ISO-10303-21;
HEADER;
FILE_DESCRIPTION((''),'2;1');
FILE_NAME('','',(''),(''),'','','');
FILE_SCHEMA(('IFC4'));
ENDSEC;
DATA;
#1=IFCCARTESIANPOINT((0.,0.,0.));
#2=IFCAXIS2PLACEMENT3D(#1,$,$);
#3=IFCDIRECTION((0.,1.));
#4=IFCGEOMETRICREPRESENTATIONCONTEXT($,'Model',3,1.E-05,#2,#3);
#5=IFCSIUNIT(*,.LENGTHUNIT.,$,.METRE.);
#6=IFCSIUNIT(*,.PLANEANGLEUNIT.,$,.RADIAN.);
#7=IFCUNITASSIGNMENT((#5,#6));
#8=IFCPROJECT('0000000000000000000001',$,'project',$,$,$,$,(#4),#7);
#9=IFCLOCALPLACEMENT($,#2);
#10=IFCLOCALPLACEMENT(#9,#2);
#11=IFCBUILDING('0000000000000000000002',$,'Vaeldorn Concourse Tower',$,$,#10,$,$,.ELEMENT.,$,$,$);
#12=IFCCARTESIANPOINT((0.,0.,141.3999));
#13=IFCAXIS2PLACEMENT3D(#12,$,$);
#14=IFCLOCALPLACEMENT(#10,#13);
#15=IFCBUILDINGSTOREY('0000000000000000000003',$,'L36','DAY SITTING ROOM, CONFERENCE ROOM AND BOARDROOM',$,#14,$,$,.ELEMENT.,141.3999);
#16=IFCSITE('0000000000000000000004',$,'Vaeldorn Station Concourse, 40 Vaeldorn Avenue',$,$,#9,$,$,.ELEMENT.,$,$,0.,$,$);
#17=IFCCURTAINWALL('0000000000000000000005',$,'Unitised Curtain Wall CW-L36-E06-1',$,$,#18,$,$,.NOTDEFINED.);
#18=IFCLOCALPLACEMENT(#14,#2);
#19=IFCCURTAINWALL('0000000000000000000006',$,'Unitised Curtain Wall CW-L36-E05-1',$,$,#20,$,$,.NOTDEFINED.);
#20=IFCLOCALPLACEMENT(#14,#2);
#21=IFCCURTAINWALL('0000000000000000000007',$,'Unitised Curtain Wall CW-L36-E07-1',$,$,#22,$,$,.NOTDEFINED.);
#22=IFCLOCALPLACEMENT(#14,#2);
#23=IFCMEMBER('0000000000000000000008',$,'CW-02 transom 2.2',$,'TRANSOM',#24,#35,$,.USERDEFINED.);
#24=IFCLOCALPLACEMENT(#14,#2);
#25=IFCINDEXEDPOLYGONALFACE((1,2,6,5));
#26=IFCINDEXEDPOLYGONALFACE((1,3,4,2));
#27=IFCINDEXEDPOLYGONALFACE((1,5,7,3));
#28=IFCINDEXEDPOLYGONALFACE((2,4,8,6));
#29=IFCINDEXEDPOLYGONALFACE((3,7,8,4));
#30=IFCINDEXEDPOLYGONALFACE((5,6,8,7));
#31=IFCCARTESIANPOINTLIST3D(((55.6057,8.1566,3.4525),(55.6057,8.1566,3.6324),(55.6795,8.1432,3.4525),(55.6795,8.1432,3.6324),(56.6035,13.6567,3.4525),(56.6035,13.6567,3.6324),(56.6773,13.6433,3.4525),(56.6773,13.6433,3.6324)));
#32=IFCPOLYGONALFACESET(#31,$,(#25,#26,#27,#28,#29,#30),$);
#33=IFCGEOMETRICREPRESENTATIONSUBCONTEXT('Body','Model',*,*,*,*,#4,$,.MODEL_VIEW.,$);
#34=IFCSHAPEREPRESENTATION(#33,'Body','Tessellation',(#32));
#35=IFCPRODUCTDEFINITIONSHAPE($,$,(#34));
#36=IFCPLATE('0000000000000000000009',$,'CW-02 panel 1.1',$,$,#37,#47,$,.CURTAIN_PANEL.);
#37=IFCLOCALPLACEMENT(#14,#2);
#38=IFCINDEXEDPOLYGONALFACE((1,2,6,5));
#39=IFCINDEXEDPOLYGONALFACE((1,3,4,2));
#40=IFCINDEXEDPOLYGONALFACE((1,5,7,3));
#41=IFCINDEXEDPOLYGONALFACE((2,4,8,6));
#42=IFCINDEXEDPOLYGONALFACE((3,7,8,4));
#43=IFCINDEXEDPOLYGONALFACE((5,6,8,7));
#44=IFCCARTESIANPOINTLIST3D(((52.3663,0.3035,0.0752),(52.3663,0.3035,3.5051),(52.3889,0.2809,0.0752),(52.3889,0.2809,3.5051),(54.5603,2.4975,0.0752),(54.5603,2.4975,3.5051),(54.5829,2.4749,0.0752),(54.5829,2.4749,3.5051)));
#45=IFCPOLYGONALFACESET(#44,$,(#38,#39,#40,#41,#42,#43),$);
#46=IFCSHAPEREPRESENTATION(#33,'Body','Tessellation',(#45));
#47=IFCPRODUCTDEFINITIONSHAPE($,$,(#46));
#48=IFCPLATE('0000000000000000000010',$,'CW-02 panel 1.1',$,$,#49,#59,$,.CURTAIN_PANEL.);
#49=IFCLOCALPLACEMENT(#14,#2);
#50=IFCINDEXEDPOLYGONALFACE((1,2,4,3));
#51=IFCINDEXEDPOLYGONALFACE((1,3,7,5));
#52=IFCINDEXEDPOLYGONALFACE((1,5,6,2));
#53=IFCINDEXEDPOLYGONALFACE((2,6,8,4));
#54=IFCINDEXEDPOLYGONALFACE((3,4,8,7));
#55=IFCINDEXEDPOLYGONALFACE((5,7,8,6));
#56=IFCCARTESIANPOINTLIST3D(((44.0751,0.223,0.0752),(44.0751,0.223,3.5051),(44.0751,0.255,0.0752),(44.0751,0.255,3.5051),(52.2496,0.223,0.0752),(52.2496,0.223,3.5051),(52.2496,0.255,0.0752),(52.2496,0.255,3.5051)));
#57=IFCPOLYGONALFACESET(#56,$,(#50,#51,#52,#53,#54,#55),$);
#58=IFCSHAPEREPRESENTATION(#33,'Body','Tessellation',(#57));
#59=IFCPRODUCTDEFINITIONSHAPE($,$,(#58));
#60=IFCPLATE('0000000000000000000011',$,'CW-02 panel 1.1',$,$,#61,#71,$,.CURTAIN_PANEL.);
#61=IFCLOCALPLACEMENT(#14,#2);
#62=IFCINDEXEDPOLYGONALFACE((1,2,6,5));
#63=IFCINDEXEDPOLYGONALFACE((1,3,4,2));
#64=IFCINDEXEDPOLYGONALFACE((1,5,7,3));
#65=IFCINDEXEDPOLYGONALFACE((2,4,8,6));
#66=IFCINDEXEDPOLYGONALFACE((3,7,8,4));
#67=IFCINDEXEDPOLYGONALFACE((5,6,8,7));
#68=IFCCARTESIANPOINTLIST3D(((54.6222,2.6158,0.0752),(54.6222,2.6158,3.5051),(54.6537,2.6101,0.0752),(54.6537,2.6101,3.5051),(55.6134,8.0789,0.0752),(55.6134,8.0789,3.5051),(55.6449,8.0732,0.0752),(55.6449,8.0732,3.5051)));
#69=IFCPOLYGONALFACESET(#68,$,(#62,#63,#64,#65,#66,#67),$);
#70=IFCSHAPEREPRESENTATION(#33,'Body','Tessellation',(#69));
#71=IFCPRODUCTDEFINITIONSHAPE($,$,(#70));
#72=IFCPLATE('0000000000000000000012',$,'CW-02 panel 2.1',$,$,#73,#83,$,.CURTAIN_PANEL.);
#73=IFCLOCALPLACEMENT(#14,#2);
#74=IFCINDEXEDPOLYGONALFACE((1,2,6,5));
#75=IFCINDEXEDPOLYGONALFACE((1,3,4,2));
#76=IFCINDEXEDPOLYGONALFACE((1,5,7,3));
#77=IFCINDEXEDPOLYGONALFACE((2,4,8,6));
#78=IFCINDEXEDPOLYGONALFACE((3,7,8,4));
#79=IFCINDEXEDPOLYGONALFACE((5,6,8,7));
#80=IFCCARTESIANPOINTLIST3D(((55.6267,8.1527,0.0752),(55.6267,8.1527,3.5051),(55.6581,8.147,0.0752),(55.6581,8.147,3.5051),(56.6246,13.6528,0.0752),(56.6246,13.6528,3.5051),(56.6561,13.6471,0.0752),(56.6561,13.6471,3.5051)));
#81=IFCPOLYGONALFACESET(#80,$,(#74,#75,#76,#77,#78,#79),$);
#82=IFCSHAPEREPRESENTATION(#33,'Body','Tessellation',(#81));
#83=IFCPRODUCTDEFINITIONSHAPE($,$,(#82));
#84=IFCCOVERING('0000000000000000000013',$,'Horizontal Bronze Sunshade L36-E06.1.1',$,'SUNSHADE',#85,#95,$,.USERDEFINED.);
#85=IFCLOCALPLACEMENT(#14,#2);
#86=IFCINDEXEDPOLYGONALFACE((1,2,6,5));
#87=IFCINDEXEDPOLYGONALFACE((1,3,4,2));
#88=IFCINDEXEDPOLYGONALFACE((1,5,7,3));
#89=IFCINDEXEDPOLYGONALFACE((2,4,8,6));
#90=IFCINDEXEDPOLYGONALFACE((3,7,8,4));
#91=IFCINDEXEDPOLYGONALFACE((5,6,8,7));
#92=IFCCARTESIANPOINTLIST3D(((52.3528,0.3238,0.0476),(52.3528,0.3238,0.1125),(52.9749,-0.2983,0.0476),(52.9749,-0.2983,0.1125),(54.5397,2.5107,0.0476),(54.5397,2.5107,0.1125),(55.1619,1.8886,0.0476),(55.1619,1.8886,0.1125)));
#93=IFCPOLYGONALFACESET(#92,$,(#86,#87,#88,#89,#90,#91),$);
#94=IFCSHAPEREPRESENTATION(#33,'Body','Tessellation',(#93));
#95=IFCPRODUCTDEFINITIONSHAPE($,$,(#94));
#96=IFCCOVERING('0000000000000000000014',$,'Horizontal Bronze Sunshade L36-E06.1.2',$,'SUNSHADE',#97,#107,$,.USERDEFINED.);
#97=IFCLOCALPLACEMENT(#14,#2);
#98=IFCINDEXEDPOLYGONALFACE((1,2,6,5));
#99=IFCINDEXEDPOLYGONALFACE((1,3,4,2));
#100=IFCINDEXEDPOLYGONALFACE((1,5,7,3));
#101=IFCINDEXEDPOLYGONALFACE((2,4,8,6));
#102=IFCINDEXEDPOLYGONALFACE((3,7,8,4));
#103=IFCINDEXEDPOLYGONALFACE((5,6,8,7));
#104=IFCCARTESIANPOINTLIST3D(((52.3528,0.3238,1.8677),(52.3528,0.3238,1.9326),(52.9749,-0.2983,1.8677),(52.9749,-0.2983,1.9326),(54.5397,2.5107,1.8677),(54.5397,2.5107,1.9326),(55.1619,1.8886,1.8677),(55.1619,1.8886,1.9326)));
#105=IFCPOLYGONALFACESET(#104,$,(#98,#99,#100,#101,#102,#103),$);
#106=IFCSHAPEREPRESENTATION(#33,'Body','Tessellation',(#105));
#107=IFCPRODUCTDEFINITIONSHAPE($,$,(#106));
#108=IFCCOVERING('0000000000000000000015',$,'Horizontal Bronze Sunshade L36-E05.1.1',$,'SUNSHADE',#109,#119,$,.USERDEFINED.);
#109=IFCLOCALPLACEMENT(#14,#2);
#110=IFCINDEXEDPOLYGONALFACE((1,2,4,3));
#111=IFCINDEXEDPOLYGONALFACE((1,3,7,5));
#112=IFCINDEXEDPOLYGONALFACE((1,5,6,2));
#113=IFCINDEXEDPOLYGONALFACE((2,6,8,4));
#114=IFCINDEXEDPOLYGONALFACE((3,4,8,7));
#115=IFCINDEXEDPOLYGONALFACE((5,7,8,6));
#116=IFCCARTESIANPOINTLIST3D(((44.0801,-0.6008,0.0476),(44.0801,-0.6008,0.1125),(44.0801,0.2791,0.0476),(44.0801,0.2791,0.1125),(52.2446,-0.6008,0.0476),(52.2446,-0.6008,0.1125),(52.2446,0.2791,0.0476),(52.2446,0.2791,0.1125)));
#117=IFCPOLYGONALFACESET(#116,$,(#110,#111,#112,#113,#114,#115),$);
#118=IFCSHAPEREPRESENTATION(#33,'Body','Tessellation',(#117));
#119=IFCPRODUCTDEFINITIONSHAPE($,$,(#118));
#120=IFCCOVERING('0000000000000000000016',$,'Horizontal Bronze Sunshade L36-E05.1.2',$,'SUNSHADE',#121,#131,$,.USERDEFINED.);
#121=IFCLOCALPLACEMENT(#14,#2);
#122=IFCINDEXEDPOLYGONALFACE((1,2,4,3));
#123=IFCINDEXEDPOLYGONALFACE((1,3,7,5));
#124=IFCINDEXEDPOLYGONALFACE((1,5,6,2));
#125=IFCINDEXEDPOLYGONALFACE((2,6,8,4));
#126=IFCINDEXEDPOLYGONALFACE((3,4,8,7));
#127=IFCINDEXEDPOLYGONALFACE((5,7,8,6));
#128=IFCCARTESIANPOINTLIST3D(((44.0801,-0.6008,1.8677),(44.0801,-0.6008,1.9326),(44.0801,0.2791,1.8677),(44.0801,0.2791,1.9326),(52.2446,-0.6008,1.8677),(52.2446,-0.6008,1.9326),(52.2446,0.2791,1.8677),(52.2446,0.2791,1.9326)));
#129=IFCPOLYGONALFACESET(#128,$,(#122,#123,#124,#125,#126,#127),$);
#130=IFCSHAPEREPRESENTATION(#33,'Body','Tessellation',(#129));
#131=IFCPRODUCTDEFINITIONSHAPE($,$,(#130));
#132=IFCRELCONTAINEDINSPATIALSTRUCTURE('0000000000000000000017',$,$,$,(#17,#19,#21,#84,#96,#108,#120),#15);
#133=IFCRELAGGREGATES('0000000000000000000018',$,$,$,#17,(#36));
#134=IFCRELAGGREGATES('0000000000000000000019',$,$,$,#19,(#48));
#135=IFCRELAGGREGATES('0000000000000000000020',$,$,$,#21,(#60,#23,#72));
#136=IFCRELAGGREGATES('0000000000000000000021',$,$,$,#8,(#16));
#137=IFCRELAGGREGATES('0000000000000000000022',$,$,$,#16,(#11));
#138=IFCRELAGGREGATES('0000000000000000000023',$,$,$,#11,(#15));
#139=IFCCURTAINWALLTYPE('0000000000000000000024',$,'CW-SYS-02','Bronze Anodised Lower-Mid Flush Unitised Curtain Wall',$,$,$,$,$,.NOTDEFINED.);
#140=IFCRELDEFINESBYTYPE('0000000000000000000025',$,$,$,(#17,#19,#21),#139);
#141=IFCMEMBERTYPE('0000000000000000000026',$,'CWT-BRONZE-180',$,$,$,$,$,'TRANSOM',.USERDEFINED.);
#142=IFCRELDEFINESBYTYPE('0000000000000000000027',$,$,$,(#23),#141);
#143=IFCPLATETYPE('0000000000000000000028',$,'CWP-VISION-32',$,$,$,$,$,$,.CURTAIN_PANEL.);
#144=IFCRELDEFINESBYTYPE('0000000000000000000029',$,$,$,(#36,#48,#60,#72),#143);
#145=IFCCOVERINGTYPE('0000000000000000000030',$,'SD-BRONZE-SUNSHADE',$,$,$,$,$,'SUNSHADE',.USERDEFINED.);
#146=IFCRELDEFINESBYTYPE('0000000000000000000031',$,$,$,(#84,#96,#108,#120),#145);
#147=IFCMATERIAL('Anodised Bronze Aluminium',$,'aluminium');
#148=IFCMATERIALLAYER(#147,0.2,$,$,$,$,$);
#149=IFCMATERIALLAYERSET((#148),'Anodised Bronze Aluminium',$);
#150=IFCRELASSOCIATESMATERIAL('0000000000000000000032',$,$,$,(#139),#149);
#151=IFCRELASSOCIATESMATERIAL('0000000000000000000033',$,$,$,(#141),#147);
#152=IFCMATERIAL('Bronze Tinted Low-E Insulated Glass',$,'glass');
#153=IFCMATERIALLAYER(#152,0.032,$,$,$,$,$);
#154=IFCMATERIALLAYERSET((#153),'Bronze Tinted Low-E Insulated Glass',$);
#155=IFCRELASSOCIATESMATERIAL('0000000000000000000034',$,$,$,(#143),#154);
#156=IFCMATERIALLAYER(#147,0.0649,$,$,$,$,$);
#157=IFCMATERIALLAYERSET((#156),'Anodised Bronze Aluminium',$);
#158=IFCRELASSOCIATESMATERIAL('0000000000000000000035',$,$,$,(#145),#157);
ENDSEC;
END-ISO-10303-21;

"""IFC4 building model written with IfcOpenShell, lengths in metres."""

from ifc_helpers import new_model, si_unit, direction, frame, origin, origin_2d, place, context, subcontext, project, spatial, rectangle, extrude, source, transform, mapped, material, layer, layer_set, material_profile, profile_set, type_object, element, aggregate, save


model = new_model("IFC4")

# Units and contexts
model_context = context("Model", 3, precision=1e-05, world=origin(), true_north=direction((0.0, 1.0)))
body_context = subcontext(model_context, "Body", "Model", "MODEL_VIEW")
ifc_project = project(units=[si_unit("LENGTHUNIT", "METRE"), si_unit("PLANEANGLEUNIT", "RADIAN")], contexts=[model_context])

# Site, building, storey
site_placement = place(None, origin())
site = spatial("IfcSite", under=ifc_project, at=site_placement, Name="Vaeldorn Station Concourse, 40 Vaeldorn Avenue", CompositionType="ELEMENT", RefElevation=0.0)
building_placement = place(site_placement, origin())
building = spatial("IfcBuilding", under=site, at=building_placement, Name="Vaeldorn Concourse Tower", CompositionType="ELEMENT")
storey_placement = place(building_placement, frame((0.0, 0.0, 141.3999)))
storey = spatial("IfcBuildingStorey", under=building, at=storey_placement, Name="L36", Description="DAY SITTING ROOM, CONFERENCE ROOM AND BOARDROOM", CompositionType="ELEMENT", Elevation=141.3999)

# Curtain wall
ifc_material_1 = material(Name="Anodised Bronze Aluminium", Category="aluminium")
ifc_layer_1 = layer(ifc_material_1, 0.2)
ifc_layer_set_1 = layer_set([ifc_layer_1], Name="Anodised Bronze Aluminium")
curtain_wall_type = type_object("IfcCurtainWallType", Name="CW-SYS-02", Description="Bronze Anodised Lower-Mid Flush Unitised Curtain Wall", PredefinedType="NOTDEFINED", material=ifc_layer_set_1)
curtain_wall_1_placement = place(storey_placement, origin())
curtain_wall_1 = element("IfcCurtainWall", 1, at=curtain_wall_1_placement, inside=storey, type_object=curtain_wall_type, Name="Unitised Curtain Wall CW-L36-E06-1", PredefinedType="NOTDEFINED")
ifc_material_profile_1 = material_profile(ifc_material_1, rectangle(XDim=0.075, YDim=0.1799, at=origin_2d()), Name="CWT 75x180")
ifc_profile_set_1 = profile_set([ifc_material_profile_1], Name="Anodised Bronze Aluminium")
member_type_1 = type_object("IfcMemberType", Name="CWT-BRONZE-180", ElementType="TRANSOM", PredefinedType="USERDEFINED", material=ifc_profile_set_1)

# Curtain wall
curtain_wall_2_placement = place(storey_placement, origin())
curtain_wall_2 = element("IfcCurtainWall", 2, at=curtain_wall_2_placement, inside=storey, type_object=curtain_wall_type, Name="Unitised Curtain Wall CW-L36-E05-1", PredefinedType="NOTDEFINED")

# Curtain wall, member
curtain_wall_3_placement = place(storey_placement, origin())
curtain_wall_3 = element("IfcCurtainWall", 3, at=curtain_wall_3_placement, inside=storey, type_object=curtain_wall_type, Name="Unitised Curtain Wall CW-L36-E07-1", PredefinedType="NOTDEFINED")
shared_shape_1 = source(origin(), body_context, "Body", "SweptSolid", [
    extrude(rectangle(XDim=0.075, YDim=0.1799, at=origin_2d()), origin(), (0.0, 0.0, 1.0), 5.5898),
])
member_1_placement = place(storey_placement, frame((55.6426, 8.1499, 3.5425), z_axis=(0.178505, 0.983939, 0.0), x_axis=(-0.983939, 0.178505, 0.0)))
member_1 = element("IfcMember", 4, at=member_1_placement, type_object=member_type_1, Name="CW-02 transom 2.2", ObjectType="TRANSOM", PredefinedType="USERDEFINED", context=body_context, shape_type="MappedRepresentation", body=[
    mapped(shared_shape_1, transform((0.0, 0.0, 0.0), scale=1.0)),
])

# Plates
ifc_material_2 = material(Name="Bronze Tinted Low-E Insulated Glass", Category="glass")
ifc_layer_2 = layer(ifc_material_2, 0.032)
ifc_layer_set_2 = layer_set([ifc_layer_2], Name="Bronze Tinted Low-E Insulated Glass")
plate_type = type_object("IfcPlateType", Name="CWP-VISION-32", PredefinedType="CURTAIN_PANEL", material=ifc_layer_set_2)
shared_shape_2 = source(origin(), body_context, "Body", "SweptSolid", [
    extrude(rectangle(XDim=3.1028, YDim=0.032, at=origin_2d()), origin(), (0.0, 0.0, 1.0), 3.4299),
])
plate_1_placement = place(storey_placement, frame((53.4746, 1.3892, 0.0752), z_axis=(0.0, 0.0, 1.0), x_axis=(0.707107, 0.707107, 0.0)))
plate_1 = element("IfcPlate", 5, at=plate_1_placement, type_object=plate_type, Name="CW-02 panel 1.1", PredefinedType="CURTAIN_PANEL", context=body_context, shape_type="MappedRepresentation", body=[
    mapped(shared_shape_2, transform((0.0, 0.0, 0.0), scale=1.0)),
])
aggregate(curtain_wall_1, [plate_1])
shared_shape_3 = source(origin(), body_context, "Body", "SweptSolid", [
    extrude(rectangle(XDim=8.1746, YDim=0.032, at=origin_2d()), origin(), (0.0, 0.0, 1.0), 3.4299),
])
plate_2_placement = place(storey_placement, frame((48.1624, 0.239, 0.0752), z_axis=(0.0, 0.0, 1.0), x_axis=(1.0, 0.0, 0.0)))
plate_2 = element("IfcPlate", 6, at=plate_2_placement, type_object=plate_type, Name="CW-02 panel 1.1", PredefinedType="CURTAIN_PANEL", context=body_context, shape_type="MappedRepresentation", body=[
    mapped(shared_shape_3, transform((0.0, 0.0, 0.0), scale=1.0)),
])
aggregate(curtain_wall_2, [plate_2])
shared_shape_4 = source(origin(), body_context, "Body", "SweptSolid", [
    extrude(rectangle(XDim=5.5522, YDim=0.032, at=origin_2d()), origin(), (0.0, 0.0, 1.0), 3.4299),
])
plate_3_placement = place(storey_placement, frame((55.1335, 5.3445, 0.0752), z_axis=(0.0, 0.0, 1.0), x_axis=(0.178526, 0.983935, 0.0)))
plate_3 = element("IfcPlate", 7, at=plate_3_placement, type_object=plate_type, Name="CW-02 panel 1.1", PredefinedType="CURTAIN_PANEL", context=body_context, shape_type="MappedRepresentation", body=[
    mapped(shared_shape_4, transform((0.0, 0.0, 0.0), scale=1.0)),
])
shared_shape_5 = source(origin(), body_context, "Body", "SweptSolid", [
    extrude(rectangle(XDim=5.5898, YDim=0.032, at=origin_2d()), origin(), (0.0, 0.0, 1.0), 3.4299),
])
plate_4_placement = place(storey_placement, frame((56.1414, 10.8999, 0.0752), z_axis=(0.0, 0.0, 1.0), x_axis=(0.178526, 0.983935, 0.0)))
plate_4 = element("IfcPlate", 8, at=plate_4_placement, type_object=plate_type, Name="CW-02 panel 2.1", PredefinedType="CURTAIN_PANEL", context=body_context, shape_type="MappedRepresentation", body=[
    mapped(shared_shape_5, transform((0.0, 0.0, 0.0), scale=1.0)),
])
aggregate(curtain_wall_3, [plate_3, member_1, plate_4])

# Coverings
ifc_layer_3 = layer(ifc_material_1, 0.0649)
ifc_layer_set_3 = layer_set([ifc_layer_3], Name="Anodised Bronze Aluminium")
covering_type = type_object("IfcCoveringType", Name="SD-BRONZE-SUNSHADE", ElementType="SUNSHADE", PredefinedType="USERDEFINED", material=ifc_layer_set_3)
shared_shape_6 = source(origin(), body_context, "Body", "SweptSolid", [
    extrude(rectangle(XDim=3.0928, YDim=0.8799, at=origin_2d()), origin(), (0.0, 0.0, 1.0), 0.0649),
])
for number, where, z_axis, x_axis, name in (
    (9, (53.7573, 1.1062, 0.0476), (0.0, 0.0, 1.0), (0.707107, 0.707107, 0.0), "Horizontal Bronze Sunshade L36-E06.1.1"),
    (10, (53.7573, 1.1062, 1.8677), (0.0, 0.0, 1.0), (0.707107, 0.707107, 0.0), "Horizontal Bronze Sunshade L36-E06.1.2"),
):
    element("IfcCovering", number, at=place(storey_placement, frame(where, z_axis=z_axis, x_axis=x_axis)), inside=storey, type_object=covering_type, Name=name, ObjectType="SUNSHADE", PredefinedType="USERDEFINED", context=body_context, shape_type="MappedRepresentation", body=[
        mapped(shared_shape_6, transform((0.0, 0.0, 0.0), scale=1.0)),
    ])
shared_shape_7 = source(origin(), body_context, "Body", "SweptSolid", [
    extrude(rectangle(XDim=8.1646, YDim=0.8799, at=origin_2d()), origin(), (0.0, 0.0, 1.0), 0.0649),
])
for number, where, z_axis, x_axis, name in (
    (11, (48.1624, -0.1609, 0.0476), (0.0, 0.0, 1.0), (1.0, 0.0, 0.0), "Horizontal Bronze Sunshade L36-E05.1.1"),
    (12, (48.1624, -0.1609, 1.8677), (0.0, 0.0, 1.0), (1.0, 0.0, 0.0), "Horizontal Bronze Sunshade L36-E05.1.2"),
):
    element("IfcCovering", number, at=place(storey_placement, frame(where, z_axis=z_axis, x_axis=x_axis)), inside=storey, type_object=covering_type, Name=name, ObjectType="SUNSHADE", PredefinedType="USERDEFINED", context=body_context, shape_type="MappedRepresentation", body=[
        mapped(shared_shape_7, transform((0.0, 0.0, 0.0), scale=1.0)),
    ])

save(model, "model.ifc")
